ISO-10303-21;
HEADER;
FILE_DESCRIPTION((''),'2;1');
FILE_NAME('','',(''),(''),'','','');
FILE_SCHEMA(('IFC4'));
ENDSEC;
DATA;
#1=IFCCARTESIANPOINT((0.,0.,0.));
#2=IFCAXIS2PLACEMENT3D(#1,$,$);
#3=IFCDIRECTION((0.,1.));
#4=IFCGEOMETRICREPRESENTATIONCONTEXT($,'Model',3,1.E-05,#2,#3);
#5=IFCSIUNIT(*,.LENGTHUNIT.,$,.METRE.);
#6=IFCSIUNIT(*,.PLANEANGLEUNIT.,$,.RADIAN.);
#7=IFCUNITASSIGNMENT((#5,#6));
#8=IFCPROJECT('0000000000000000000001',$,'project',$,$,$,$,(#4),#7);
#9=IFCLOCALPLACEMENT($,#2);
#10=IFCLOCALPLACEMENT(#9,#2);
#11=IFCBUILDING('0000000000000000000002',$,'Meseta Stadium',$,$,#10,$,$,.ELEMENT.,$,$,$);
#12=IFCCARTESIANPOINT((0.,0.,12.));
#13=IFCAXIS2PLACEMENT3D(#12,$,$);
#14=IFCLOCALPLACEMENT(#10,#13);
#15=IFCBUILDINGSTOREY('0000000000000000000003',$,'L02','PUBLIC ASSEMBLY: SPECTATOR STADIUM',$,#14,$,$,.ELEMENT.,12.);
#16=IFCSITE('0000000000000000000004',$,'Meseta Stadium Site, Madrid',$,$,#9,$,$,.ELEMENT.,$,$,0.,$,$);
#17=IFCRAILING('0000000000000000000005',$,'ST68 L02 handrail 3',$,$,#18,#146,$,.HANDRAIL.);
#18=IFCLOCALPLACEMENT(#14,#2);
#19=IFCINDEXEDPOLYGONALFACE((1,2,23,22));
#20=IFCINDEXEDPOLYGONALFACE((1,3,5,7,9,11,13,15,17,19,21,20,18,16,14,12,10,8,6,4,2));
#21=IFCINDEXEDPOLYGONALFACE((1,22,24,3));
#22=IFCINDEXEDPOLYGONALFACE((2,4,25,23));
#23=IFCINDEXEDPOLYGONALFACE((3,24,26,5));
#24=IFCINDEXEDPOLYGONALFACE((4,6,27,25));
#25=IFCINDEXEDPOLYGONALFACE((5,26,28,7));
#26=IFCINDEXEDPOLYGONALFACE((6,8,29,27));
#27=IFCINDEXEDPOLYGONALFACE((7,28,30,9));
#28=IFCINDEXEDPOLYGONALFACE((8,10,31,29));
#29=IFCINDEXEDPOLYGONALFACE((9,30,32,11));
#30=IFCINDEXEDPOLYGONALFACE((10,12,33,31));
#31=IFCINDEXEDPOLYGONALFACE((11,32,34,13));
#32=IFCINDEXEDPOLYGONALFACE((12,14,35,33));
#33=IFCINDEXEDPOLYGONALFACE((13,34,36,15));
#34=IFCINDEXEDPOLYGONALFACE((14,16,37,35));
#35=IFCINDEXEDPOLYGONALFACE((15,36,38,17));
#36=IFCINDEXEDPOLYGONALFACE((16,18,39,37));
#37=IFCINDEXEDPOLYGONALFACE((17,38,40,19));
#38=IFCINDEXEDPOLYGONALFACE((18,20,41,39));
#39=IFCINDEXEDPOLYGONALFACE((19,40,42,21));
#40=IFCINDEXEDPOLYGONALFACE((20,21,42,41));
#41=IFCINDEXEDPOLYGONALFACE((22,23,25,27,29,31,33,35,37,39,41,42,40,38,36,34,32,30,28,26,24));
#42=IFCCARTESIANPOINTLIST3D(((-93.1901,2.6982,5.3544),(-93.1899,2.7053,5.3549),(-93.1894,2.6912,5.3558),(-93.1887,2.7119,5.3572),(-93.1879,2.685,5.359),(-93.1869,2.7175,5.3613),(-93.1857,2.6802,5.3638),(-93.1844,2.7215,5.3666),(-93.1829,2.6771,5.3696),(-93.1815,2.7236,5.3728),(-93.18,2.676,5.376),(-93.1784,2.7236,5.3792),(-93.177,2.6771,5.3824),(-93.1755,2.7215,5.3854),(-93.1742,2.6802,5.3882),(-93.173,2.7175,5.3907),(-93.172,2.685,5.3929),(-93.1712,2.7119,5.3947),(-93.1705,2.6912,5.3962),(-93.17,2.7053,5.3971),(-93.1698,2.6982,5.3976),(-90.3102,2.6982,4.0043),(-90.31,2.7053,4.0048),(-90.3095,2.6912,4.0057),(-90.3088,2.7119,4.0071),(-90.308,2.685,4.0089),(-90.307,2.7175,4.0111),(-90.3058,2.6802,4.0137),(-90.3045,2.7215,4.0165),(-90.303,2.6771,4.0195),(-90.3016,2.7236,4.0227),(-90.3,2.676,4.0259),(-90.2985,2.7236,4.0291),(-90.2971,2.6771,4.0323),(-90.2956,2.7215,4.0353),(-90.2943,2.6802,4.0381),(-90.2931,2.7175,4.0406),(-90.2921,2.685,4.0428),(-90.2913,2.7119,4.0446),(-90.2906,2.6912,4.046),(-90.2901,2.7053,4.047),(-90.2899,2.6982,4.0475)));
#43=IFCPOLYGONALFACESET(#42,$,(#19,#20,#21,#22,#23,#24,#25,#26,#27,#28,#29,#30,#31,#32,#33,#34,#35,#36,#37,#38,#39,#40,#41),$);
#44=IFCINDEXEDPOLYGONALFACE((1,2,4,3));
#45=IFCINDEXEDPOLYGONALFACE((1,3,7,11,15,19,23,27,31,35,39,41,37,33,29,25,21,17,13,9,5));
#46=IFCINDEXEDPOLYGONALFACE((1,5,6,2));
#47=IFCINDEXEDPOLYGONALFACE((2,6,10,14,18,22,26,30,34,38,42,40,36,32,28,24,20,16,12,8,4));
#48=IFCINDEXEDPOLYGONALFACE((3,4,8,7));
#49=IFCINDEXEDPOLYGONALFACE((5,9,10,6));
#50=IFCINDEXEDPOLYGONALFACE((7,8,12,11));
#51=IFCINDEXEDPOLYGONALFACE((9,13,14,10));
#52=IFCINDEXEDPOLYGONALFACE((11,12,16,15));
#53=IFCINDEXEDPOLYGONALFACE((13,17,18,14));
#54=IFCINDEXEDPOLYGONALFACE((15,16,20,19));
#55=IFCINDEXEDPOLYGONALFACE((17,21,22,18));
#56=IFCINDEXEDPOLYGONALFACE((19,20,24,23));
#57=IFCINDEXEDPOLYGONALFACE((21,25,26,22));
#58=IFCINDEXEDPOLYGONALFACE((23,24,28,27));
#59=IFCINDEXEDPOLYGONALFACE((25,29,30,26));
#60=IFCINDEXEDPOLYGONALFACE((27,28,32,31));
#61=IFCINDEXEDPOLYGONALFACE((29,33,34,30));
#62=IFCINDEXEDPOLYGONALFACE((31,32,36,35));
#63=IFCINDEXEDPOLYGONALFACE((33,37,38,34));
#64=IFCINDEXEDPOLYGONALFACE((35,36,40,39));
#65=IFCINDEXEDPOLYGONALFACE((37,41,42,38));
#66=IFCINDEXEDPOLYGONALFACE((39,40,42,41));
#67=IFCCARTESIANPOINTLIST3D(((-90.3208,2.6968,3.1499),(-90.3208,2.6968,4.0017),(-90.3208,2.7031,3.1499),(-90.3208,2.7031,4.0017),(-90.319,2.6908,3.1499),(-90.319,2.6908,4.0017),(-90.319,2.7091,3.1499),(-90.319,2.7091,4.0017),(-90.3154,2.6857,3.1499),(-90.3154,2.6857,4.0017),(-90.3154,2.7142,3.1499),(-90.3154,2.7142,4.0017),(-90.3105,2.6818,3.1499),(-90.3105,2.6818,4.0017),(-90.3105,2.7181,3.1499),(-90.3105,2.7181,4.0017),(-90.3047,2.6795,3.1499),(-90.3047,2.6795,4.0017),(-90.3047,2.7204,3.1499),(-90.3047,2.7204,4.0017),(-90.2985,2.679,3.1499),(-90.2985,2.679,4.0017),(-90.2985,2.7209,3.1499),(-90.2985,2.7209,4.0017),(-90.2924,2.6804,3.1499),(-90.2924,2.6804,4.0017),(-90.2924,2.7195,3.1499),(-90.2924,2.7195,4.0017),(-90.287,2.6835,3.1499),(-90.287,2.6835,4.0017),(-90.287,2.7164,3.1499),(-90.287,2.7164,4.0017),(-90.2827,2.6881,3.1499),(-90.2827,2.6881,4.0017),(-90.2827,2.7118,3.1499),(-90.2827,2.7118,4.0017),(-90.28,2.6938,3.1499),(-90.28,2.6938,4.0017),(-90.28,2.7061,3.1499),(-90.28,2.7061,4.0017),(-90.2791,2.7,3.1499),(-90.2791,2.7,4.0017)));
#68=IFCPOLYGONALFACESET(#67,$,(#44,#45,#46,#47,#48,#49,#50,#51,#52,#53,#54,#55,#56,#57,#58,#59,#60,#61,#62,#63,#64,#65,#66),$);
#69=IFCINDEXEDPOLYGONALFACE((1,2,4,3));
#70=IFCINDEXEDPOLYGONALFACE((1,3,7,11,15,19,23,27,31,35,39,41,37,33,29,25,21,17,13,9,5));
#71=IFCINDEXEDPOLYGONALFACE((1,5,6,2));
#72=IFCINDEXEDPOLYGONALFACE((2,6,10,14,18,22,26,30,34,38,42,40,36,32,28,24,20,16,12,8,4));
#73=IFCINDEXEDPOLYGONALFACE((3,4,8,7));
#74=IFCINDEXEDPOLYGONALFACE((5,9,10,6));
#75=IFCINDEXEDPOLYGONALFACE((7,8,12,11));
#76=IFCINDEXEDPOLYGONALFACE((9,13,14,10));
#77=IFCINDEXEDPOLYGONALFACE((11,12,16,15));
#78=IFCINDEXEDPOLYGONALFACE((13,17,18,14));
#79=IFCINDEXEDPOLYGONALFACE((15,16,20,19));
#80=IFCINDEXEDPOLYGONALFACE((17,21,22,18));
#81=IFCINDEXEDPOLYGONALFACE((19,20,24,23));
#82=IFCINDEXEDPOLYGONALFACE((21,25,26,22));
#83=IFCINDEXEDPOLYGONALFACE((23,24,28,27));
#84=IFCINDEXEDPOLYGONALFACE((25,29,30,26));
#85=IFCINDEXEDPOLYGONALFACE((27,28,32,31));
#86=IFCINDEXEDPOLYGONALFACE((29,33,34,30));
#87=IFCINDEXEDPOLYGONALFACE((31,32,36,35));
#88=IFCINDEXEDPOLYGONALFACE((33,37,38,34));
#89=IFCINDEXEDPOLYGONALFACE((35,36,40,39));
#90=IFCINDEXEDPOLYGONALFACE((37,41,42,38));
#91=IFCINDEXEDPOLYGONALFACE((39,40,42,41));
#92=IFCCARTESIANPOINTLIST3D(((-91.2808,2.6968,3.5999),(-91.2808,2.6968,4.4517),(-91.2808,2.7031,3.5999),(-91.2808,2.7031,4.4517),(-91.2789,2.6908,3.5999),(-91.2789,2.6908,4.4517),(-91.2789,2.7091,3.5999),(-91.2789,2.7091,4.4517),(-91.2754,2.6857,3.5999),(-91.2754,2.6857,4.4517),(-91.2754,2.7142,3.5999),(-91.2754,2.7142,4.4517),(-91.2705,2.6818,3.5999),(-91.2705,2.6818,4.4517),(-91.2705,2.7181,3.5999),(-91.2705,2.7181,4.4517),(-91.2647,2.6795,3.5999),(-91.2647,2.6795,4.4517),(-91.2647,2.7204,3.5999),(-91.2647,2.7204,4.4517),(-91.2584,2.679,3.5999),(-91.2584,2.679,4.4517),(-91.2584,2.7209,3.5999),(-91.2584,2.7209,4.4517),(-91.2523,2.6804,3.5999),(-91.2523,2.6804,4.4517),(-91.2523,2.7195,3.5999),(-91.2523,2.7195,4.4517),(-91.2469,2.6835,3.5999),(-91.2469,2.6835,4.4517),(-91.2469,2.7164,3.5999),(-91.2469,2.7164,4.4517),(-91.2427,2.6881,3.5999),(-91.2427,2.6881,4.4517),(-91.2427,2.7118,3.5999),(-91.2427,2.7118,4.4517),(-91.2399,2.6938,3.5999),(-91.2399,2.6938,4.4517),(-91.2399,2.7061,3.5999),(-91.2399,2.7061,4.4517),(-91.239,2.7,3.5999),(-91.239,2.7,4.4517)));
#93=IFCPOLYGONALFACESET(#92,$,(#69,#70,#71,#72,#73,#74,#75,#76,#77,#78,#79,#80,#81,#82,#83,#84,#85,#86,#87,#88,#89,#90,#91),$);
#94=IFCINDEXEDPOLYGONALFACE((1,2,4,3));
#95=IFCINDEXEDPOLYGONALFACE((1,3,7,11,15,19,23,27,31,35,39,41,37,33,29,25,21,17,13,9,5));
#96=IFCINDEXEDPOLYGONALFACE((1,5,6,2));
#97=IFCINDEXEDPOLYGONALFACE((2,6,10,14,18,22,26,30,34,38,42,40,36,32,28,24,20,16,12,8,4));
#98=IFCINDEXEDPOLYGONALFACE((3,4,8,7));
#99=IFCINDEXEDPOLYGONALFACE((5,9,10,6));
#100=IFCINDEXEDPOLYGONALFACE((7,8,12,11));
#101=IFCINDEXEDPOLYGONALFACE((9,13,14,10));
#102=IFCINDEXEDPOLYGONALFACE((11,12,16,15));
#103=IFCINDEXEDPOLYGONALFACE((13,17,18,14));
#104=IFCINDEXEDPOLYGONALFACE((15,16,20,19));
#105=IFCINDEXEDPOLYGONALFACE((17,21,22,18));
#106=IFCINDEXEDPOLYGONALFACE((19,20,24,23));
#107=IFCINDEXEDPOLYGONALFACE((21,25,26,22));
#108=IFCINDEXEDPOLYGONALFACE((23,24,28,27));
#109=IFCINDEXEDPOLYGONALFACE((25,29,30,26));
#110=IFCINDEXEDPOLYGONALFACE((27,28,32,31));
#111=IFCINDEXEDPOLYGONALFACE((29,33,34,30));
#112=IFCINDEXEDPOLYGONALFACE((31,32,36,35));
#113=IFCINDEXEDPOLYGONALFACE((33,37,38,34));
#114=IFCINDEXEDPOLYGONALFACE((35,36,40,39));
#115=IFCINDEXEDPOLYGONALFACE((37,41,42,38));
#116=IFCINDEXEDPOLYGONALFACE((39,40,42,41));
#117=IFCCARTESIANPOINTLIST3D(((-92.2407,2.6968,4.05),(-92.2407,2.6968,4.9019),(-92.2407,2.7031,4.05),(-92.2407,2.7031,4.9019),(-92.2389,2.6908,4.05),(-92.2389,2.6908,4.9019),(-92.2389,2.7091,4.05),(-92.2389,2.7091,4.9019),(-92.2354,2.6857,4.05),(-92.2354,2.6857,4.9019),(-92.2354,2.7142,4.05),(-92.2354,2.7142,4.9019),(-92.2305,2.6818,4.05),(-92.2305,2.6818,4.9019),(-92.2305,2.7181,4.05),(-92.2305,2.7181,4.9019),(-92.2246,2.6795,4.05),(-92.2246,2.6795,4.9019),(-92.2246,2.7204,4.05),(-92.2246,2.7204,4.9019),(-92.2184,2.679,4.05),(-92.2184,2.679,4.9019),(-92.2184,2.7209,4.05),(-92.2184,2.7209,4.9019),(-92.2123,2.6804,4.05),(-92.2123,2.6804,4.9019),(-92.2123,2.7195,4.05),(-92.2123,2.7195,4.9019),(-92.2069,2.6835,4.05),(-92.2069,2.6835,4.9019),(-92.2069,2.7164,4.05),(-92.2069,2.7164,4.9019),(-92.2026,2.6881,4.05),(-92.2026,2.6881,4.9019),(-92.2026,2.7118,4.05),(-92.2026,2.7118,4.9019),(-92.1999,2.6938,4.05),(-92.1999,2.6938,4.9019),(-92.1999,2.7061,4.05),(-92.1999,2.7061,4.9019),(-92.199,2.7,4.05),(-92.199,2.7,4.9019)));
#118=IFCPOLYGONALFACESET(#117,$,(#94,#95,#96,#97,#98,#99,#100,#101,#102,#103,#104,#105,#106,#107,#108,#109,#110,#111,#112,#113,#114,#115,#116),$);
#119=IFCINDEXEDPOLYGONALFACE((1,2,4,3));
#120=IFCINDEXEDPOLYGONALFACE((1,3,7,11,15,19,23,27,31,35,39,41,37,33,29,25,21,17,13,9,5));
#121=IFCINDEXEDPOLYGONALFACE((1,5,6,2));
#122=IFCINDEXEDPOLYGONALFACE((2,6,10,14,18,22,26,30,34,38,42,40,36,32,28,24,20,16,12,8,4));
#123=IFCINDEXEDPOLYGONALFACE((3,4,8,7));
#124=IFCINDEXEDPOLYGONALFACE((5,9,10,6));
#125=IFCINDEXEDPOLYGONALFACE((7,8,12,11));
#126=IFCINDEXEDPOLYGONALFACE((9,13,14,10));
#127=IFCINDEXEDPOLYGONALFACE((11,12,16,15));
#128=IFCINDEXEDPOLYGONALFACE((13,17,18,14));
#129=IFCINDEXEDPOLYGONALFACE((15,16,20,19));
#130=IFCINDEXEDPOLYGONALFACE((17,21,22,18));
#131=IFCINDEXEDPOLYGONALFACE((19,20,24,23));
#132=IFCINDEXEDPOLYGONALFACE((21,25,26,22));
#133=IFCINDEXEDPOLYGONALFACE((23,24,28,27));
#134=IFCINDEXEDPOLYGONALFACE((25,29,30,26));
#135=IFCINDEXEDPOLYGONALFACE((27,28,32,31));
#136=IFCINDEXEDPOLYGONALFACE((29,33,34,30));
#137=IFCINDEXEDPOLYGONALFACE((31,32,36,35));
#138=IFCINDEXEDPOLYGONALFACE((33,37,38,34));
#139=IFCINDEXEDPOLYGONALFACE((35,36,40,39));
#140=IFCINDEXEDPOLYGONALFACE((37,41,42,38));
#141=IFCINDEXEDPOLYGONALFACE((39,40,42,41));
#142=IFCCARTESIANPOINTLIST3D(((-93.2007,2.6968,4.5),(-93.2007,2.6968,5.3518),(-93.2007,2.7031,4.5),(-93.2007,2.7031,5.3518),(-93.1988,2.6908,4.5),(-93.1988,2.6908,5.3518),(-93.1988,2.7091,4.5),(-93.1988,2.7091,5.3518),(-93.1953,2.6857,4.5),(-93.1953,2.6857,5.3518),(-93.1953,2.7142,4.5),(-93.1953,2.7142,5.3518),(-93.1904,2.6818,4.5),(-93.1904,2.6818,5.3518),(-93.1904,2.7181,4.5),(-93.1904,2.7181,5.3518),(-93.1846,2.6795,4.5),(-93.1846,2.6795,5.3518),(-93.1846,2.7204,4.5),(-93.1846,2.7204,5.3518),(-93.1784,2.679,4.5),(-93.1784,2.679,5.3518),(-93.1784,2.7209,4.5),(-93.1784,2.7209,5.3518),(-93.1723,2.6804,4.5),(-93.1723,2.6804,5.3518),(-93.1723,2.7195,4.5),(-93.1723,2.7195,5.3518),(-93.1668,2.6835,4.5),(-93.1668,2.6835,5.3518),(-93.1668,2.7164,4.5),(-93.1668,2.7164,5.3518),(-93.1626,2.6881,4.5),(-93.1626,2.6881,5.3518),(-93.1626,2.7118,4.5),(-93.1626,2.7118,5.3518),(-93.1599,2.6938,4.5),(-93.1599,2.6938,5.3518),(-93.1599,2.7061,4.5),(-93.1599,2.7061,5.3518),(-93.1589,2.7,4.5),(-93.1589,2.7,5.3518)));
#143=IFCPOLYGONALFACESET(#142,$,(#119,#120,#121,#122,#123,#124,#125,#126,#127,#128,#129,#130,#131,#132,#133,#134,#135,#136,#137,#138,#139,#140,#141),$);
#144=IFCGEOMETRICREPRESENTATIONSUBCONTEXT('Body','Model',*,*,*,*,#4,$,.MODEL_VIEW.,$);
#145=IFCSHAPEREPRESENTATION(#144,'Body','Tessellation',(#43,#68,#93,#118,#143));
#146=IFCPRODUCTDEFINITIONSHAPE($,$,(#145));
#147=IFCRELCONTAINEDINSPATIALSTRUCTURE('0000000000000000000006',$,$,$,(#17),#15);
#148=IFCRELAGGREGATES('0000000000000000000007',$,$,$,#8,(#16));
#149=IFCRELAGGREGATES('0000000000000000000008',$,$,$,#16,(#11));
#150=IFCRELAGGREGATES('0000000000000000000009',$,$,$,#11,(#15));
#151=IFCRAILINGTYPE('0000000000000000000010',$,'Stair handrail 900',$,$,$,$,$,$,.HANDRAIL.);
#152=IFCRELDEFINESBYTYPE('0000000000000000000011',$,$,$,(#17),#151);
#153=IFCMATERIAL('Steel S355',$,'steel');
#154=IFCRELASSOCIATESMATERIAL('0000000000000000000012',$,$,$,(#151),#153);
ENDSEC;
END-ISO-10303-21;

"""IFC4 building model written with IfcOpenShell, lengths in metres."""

from ifc_helpers import new_model, si_unit, direction, frame, origin, origin_2d, place, context, subcontext, project, spatial, circle, extrude, material, type_object, element, save


model = new_model("IFC4")

# Units and contexts
model_context = context("Model", 3, precision=1e-05, world=origin(), true_north=direction((0.0, 1.0)))
body_context = subcontext(model_context, "Body", "Model", "MODEL_VIEW")
ifc_project = project(units=[si_unit("LENGTHUNIT", "METRE"), si_unit("PLANEANGLEUNIT", "RADIAN")], contexts=[model_context])

# Site, building, storey
site_placement = place(None, origin())
site = spatial("IfcSite", under=ifc_project, at=site_placement, Name="Meseta Stadium Site, Madrid", CompositionType="ELEMENT", RefElevation=0.0)
building_placement = place(site_placement, origin())
building = spatial("IfcBuilding", under=site, at=building_placement, Name="Meseta Stadium", CompositionType="ELEMENT")
storey_placement = place(building_placement, frame((0.0, 0.0, 12.0)))
storey = spatial("IfcBuildingStorey", under=building, at=storey_placement, Name="L02", Description="PUBLIC ASSEMBLY: SPECTATOR STADIUM", CompositionType="ELEMENT", Elevation=12.0)

# Railing
ifc_material_1 = material(Name="Steel S355", Category="steel")
railing_type_1 = type_object("IfcRailingType", Name="Stair handrail 900", PredefinedType="HANDRAIL", material=ifc_material_1)
for number, where, name in (
    (1, (-90.3, 2.7, 3.1499), "ST68 L02 handrail 3"),
):
    element("IfcRailing", number, at=place(storey_placement, frame(where)), inside=storey, type_object=railing_type_1, Name=name, PredefinedType="HANDRAIL", context=body_context, shape_type="SweptSolid", body=[
        extrude(circle(Radius=0.0239, at=origin_2d()), frame((0.0, 0.0, 0.876), z_axis=(-0.90544, 0.0, 0.424473), x_axis=(0.0, -1.0, 0.0)), (0.0, 0.0, 1.0), 3.1807),
        extrude(circle(Radius=0.021, at=origin_2d()), origin(), (0.0, 0.0, 1.0), 0.8518),
        extrude(circle(Radius=0.021, at=origin_2d()), frame((-0.96, 0.0, 0.45)), (0.0, 0.0, 1.0), 0.8518),
        extrude(circle(Radius=0.021, at=origin_2d()), frame((-1.9199, 0.0, 0.9001)), (0.0, 0.0, 1.0), 0.8518),
        extrude(circle(Radius=0.021, at=origin_2d()), frame((-2.8799, 0.0, 1.3501)), (0.0, 0.0, 1.0), 0.8518),
    ])

save(model, "model.ifc")
